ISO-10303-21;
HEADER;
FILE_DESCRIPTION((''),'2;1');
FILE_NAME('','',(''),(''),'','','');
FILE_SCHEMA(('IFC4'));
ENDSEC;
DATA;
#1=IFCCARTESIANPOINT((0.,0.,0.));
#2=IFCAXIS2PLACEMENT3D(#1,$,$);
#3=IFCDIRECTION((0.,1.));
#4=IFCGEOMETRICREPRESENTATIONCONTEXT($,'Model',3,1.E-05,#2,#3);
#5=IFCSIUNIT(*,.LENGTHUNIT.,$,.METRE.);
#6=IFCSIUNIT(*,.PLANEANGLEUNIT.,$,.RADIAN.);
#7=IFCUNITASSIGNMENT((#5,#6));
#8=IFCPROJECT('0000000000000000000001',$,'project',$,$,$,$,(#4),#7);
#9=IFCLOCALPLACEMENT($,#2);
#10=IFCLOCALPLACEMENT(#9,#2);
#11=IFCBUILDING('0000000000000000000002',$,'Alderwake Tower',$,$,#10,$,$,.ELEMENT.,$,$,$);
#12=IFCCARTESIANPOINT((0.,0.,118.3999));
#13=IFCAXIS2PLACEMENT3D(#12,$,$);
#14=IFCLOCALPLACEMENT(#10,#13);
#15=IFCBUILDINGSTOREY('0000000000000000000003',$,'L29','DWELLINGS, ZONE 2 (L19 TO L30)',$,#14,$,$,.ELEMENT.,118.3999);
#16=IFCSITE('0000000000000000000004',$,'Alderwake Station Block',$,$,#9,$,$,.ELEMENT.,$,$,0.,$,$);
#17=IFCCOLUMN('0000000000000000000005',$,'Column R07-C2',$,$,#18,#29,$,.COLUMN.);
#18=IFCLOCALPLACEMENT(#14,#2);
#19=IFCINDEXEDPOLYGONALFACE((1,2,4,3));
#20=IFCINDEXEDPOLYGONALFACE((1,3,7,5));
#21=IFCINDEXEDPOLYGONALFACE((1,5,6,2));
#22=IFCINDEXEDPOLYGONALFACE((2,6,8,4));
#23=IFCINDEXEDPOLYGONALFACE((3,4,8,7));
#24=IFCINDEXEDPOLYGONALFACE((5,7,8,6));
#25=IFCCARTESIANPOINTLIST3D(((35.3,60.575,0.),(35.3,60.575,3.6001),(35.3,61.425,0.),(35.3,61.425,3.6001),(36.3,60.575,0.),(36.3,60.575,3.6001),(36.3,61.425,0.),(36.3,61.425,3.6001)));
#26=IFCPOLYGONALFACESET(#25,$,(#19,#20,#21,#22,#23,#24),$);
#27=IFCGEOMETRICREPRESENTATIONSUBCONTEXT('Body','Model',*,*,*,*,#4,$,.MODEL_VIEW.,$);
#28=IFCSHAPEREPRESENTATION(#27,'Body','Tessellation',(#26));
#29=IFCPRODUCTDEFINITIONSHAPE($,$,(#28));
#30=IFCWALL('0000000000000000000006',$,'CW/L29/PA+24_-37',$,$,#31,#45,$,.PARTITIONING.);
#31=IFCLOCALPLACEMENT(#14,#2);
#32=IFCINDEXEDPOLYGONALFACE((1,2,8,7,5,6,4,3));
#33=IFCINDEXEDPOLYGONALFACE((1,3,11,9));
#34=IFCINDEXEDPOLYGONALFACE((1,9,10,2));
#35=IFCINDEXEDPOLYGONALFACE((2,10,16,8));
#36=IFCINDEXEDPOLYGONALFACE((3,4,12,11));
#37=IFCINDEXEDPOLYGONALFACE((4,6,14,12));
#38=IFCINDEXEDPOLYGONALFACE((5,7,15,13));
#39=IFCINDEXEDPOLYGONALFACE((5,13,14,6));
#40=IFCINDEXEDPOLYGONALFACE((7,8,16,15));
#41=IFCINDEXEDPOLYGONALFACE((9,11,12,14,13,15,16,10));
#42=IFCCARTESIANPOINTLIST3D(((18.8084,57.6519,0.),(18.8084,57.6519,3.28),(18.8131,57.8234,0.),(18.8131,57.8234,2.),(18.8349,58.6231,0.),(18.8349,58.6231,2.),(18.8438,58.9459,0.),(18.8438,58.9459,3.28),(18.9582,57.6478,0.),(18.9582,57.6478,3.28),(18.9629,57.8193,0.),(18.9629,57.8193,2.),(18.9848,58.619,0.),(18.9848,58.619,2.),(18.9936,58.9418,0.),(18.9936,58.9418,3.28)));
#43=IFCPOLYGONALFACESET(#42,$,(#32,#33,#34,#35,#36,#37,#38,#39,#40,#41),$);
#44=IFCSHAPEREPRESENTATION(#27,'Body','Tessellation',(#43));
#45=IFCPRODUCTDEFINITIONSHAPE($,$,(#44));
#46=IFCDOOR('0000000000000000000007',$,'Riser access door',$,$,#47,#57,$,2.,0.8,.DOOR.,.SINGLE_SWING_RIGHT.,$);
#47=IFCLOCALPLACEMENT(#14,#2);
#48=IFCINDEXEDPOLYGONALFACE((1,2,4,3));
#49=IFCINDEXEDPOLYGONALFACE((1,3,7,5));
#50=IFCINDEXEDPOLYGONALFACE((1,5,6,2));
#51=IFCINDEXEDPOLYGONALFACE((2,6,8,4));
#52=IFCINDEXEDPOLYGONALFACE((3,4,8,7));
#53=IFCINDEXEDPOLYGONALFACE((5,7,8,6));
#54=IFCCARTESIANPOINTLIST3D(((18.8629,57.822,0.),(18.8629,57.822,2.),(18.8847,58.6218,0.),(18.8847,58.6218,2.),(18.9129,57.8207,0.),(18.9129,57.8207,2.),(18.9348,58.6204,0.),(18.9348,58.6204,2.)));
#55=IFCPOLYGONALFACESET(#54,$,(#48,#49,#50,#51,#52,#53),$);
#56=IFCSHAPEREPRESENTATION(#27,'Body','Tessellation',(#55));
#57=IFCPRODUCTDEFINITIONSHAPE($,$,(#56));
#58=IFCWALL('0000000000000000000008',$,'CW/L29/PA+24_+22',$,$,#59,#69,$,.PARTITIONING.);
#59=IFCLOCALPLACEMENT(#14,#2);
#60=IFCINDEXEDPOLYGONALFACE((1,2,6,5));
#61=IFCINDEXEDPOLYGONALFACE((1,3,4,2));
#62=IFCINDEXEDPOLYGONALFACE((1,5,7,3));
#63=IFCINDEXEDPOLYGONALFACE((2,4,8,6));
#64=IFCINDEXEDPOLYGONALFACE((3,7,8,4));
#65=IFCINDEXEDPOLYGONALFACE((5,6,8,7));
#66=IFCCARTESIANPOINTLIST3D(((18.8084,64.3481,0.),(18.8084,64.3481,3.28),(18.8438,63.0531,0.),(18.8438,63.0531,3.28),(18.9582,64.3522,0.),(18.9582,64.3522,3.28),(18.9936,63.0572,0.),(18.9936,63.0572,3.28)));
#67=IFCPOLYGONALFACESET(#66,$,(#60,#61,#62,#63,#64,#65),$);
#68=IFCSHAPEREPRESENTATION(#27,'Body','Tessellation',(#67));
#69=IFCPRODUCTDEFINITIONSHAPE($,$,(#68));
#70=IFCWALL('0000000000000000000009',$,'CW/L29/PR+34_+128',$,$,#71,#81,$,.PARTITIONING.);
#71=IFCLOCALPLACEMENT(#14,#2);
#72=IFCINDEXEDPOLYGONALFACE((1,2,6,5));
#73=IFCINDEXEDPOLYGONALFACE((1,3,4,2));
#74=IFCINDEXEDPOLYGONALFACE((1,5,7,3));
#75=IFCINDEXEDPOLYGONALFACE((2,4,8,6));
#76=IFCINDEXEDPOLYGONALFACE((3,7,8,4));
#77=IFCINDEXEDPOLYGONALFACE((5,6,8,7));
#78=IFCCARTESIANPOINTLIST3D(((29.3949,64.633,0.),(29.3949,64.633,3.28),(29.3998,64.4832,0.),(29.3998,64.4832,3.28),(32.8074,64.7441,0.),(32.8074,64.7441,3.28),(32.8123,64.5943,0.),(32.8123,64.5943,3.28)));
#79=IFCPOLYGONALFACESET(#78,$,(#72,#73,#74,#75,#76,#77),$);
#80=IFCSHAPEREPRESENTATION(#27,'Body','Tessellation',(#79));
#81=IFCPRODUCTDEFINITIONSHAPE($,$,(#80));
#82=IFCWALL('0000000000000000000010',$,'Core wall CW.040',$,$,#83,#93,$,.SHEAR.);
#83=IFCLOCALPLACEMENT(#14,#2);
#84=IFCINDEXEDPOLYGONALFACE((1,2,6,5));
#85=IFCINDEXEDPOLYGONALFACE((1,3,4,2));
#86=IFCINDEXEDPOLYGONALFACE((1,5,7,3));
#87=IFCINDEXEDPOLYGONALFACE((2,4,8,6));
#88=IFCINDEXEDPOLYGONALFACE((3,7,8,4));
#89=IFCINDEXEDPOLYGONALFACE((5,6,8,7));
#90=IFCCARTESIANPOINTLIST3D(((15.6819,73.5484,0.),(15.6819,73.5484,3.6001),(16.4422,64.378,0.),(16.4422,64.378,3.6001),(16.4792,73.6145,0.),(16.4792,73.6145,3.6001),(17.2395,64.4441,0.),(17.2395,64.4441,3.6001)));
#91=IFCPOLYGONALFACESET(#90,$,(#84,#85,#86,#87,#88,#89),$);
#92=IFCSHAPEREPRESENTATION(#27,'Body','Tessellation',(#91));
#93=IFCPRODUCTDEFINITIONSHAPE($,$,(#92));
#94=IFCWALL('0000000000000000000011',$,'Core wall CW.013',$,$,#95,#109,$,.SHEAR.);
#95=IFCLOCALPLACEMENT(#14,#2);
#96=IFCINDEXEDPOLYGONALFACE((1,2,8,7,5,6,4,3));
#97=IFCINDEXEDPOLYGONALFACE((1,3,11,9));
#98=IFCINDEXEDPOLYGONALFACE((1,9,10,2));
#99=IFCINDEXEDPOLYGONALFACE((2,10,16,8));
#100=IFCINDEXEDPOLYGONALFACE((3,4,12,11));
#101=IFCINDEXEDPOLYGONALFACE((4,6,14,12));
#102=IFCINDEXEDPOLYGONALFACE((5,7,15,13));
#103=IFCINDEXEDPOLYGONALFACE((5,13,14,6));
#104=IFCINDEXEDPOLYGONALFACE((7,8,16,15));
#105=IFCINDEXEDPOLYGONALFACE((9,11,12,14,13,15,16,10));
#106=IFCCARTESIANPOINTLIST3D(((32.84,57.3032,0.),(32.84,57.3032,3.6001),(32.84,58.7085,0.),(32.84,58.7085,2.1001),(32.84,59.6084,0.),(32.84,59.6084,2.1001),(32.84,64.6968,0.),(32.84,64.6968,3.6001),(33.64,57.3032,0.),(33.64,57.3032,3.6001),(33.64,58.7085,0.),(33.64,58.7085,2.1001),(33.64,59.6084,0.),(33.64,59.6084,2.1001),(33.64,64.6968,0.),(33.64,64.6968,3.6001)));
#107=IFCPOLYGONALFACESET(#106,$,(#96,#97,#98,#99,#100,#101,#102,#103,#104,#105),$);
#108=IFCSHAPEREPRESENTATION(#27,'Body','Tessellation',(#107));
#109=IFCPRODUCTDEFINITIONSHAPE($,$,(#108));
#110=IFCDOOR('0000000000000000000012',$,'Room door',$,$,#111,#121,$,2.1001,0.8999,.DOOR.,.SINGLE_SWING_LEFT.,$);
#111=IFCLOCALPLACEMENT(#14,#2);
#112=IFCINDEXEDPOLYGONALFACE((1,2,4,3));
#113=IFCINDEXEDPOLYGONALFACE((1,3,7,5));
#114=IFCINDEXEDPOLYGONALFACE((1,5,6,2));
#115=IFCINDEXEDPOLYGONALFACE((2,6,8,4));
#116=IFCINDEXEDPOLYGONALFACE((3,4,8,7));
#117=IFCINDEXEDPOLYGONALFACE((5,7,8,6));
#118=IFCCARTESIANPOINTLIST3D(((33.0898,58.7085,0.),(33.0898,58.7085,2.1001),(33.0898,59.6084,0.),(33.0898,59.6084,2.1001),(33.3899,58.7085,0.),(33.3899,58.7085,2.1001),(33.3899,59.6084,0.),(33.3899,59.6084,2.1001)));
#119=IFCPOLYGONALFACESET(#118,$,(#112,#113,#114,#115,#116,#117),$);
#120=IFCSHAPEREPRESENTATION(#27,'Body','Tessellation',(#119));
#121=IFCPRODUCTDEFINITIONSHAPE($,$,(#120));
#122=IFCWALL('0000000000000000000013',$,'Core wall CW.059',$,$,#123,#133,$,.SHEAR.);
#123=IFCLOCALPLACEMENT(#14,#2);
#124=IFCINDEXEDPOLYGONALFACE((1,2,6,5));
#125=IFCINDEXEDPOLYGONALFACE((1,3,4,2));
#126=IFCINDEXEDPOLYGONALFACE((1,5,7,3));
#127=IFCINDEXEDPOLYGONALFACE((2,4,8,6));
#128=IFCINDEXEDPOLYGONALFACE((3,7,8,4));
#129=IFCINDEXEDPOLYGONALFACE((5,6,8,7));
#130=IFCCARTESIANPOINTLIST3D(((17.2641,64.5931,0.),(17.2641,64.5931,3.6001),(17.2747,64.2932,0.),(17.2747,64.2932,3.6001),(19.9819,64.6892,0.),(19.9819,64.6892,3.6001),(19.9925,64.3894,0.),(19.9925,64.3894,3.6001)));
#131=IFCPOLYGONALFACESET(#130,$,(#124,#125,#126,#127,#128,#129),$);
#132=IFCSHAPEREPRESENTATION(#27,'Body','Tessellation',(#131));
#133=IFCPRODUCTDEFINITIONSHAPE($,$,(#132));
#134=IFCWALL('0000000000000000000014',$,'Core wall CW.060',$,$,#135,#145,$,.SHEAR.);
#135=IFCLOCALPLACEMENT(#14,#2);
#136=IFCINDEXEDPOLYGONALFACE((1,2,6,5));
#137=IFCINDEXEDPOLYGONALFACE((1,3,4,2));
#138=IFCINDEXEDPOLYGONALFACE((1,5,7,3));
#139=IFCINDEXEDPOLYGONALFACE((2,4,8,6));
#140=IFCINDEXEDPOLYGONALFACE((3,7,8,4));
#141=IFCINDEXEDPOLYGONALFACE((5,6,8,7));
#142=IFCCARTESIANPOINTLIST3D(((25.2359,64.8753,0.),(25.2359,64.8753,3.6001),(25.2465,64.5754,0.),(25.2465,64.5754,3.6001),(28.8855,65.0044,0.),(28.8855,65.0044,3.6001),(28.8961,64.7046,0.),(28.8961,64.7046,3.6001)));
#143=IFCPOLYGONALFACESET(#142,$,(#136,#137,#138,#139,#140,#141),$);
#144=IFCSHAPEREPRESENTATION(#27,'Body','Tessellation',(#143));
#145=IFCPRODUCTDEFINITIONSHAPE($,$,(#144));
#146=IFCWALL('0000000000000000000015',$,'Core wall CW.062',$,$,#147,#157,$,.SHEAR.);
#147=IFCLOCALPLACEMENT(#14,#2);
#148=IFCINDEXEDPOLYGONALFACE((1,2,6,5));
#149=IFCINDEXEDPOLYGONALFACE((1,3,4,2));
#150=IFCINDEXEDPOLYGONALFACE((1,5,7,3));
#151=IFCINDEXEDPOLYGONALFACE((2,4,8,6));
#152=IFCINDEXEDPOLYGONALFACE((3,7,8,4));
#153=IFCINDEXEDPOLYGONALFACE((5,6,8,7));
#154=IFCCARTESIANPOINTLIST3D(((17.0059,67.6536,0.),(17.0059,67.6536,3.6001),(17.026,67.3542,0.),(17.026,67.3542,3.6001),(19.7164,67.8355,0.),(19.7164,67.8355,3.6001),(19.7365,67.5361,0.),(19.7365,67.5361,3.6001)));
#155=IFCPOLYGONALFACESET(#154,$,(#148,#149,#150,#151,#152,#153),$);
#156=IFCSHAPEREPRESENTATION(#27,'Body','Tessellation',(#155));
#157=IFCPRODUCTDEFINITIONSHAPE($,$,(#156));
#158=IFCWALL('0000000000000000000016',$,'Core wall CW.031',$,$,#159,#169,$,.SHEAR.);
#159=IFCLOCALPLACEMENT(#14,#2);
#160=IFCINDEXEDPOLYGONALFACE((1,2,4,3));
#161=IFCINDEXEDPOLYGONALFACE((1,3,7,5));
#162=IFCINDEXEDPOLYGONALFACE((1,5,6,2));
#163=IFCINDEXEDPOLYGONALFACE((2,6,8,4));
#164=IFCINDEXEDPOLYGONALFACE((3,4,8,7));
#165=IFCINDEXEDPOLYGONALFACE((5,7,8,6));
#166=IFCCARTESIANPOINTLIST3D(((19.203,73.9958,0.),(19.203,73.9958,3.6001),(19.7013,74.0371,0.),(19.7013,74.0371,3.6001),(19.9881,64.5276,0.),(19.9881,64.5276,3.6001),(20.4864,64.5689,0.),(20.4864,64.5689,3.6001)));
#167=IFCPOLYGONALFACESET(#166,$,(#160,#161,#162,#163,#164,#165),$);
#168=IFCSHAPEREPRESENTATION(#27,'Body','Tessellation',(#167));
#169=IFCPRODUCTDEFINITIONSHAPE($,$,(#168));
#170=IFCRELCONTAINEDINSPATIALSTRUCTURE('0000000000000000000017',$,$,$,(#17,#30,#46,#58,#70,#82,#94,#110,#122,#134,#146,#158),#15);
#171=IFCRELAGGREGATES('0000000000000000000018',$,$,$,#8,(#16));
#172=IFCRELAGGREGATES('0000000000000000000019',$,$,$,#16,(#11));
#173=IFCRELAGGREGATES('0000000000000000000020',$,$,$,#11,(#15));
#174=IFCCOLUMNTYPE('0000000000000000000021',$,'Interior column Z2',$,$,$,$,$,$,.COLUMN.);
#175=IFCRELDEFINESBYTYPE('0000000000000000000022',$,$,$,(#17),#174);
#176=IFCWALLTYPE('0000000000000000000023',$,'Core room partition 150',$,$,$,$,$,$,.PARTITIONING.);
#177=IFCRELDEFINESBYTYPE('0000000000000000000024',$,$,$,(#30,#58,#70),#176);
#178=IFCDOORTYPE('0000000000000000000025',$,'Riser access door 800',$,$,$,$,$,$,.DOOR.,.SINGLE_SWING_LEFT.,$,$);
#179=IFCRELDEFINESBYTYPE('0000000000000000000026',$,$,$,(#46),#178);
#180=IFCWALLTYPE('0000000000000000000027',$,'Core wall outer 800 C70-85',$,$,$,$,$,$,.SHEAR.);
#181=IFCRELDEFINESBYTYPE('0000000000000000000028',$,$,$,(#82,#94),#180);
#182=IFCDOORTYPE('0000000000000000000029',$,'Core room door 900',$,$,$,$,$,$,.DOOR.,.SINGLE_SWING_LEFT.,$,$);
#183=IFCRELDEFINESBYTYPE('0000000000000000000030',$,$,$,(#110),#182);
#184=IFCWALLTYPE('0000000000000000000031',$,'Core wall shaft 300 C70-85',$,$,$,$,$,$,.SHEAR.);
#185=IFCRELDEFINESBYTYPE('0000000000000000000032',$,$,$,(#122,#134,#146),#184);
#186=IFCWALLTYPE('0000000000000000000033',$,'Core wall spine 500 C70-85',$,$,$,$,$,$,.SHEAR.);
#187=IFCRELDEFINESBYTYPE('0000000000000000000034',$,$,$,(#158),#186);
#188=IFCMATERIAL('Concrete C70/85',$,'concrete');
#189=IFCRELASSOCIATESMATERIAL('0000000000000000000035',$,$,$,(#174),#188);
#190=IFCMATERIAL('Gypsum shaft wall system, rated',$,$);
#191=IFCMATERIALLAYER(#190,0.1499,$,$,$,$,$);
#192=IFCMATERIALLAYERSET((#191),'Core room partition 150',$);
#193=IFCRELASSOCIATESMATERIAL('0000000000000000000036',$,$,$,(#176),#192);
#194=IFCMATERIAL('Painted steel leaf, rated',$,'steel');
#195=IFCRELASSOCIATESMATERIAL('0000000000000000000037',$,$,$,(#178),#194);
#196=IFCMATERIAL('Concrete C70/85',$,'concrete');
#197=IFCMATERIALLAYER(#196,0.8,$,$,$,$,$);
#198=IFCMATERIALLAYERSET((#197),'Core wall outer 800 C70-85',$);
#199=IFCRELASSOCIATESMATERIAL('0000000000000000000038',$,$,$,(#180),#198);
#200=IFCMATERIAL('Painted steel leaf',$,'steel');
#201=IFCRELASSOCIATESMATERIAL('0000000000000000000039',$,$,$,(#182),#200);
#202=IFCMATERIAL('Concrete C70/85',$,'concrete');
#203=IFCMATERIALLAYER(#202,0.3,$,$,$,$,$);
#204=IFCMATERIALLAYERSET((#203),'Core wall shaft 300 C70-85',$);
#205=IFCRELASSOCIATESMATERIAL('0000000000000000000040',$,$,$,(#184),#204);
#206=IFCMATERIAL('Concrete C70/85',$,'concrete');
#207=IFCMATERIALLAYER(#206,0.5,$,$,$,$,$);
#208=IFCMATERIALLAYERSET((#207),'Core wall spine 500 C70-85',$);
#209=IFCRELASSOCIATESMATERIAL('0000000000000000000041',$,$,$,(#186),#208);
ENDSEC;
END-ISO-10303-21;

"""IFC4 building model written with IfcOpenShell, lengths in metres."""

from ifc_helpers import new_model, si_unit, direction, frame, frame_2d, origin, origin_2d, place, context, subcontext, project, spatial, rectangle, extrude, material, layer, layer_set, material_profile, profile_set, type_object, element, fill, save


model = new_model("IFC4")

# Units and contexts
model_context = context("Model", 3, precision=1e-05, world=origin(), true_north=direction((0.0, 1.0)))
body_context = subcontext(model_context, "Body", "Model", "MODEL_VIEW")
ifc_project = project(units=[si_unit("LENGTHUNIT", "METRE"), si_unit("PLANEANGLEUNIT", "RADIAN")], contexts=[model_context])

# Site, building, storey
site_placement = place(None, origin())
site = spatial("IfcSite", under=ifc_project, at=site_placement, Name="Alderwake Station Block", CompositionType="ELEMENT", RefElevation=0.0)
building_placement = place(site_placement, origin())
building = spatial("IfcBuilding", under=site, at=building_placement, Name="Alderwake Tower", CompositionType="ELEMENT")
storey_placement = place(building_placement, frame((0.0, 0.0, 118.3999)))
storey = spatial("IfcBuildingStorey", under=building, at=storey_placement, Name="L29", Description="DWELLINGS, ZONE 2 (L19 TO L30)", CompositionType="ELEMENT", Elevation=118.3999)

# Column
ifc_material_1 = material(Name="Concrete C70/85", Category="concrete")
ifc_material_profile = material_profile(ifc_material_1, rectangle(XDim=0.8501, YDim=1.0, at=origin_2d()), Name="RC 1000X850")
ifc_profile_set = profile_set([ifc_material_profile], Name="Concrete C70/85")
column_type = type_object("IfcColumnType", Name="Interior column Z2", PredefinedType="COLUMN", material=ifc_profile_set)
column_placement = place(storey_placement, frame((35.8, 61.0, 0.0), z_axis=(0.0, 0.0, 1.0), x_axis=(0.0, 1.0, 0.0)))
element("IfcColumn", 1, at=column_placement, inside=storey, type_object=column_type, Name="Column R07-C2", PredefinedType="COLUMN", context=body_context, shape_type="SweptSolid", body=[
    extrude(rectangle(XDim=0.8501, YDim=1.0, at=origin_2d()), origin(), (0.0, 0.0, 1.0), 3.6001),
])

# Wall, opening, door
ifc_material_2 = material(Name="Gypsum shaft wall system, rated")
ifc_layer_1 = layer(ifc_material_2, 0.1499)
ifc_layer_set_1 = layer_set([ifc_layer_1], Name="Core room partition 150")
wall_type_1 = type_object("IfcWallType", Name="Core room partition 150", PredefinedType="PARTITIONING", material=ifc_layer_set_1)
wall_1_placement = place(storey_placement, frame((18.9187, 58.9438, 0.0), z_axis=(0.0, 0.0, 1.0), x_axis=(-0.027348, -0.999626, 0.0)))
wall_1 = element("IfcWall", 2, at=wall_1_placement, inside=storey, type_object=wall_type_1, Name="CW/L29/PA+24_-37", PredefinedType="PARTITIONING", context=body_context, shape_type="SweptSolid", body=[
    extrude(rectangle(XDim=1.2944, YDim=0.1499, at=frame_2d((0.6472, 0.0))), origin(), (0.0, 0.0, 1.0), 3.28),
])
opening_1_placement = place(wall_1_placement, frame((0.323, 0.0, 0.0)))
opening_1 = element("IfcOpeningElement", 3, at=opening_1_placement, cuts=wall_1, PredefinedType="OPENING", context=body_context, shape_type="SweptSolid", body=[
    extrude(rectangle(XDim=0.8, YDim=2.0, at=frame_2d((0.3999, 1.0))), frame((0.0, 0.085, 0.0), z_axis=(0.0, -1.0, 0.0), x_axis=(1.0, 0.0, 0.0)), (0.0, 0.0, 1.0), 0.1699),
])
ifc_material_3 = material(Name="Painted steel leaf, rated", Category="steel")
door_type_1 = type_object("IfcDoorType", Name="Riser access door 800", OperationType="SINGLE_SWING_LEFT", PredefinedType="DOOR", material=ifc_material_3)
door_1_placement = place(opening_1_placement, origin())
door_1 = element("IfcDoor", 4, at=door_1_placement, inside=storey, type_object=door_type_1, Name="Riser access door", OperationType="SINGLE_SWING_RIGHT", OverallHeight=2.0, OverallWidth=0.8, PredefinedType="DOOR", context=body_context, shape_type="SweptSolid", body=[
    extrude(rectangle(XDim=0.8, YDim=2.0, at=frame_2d((0.3999, 1.0))), frame((0.0, 0.0249, 0.0), z_axis=(0.0, -1.0, 0.0), x_axis=(1.0, 0.0, 0.0)), (0.0, 0.0, 1.0), 0.05),
])
fill(opening_1, door_1)

# Walls
wall_2_placement = place(storey_placement, frame((18.9187, 63.0552, 0.0), z_axis=(0.0, 0.0, 1.0), x_axis=(-0.027328, 0.999627, 0.0)))
element("IfcWall", 5, at=wall_2_placement, inside=storey, type_object=wall_type_1, Name="CW/L29/PA+24_+22", PredefinedType="PARTITIONING", context=body_context, shape_type="SweptSolid", body=[
    extrude(rectangle(XDim=1.2954, YDim=0.1499, at=frame_2d((0.6477, 0.0))), origin(), (0.0, 0.0, 1.0), 3.28),
])
wall_3_placement = place(storey_placement, frame((29.3975, 64.5581, 0.0), z_axis=(0.0, 0.0, 1.0), x_axis=(0.999471, 0.032534, 0.0)))
element("IfcWall", 6, at=wall_3_placement, inside=storey, type_object=wall_type_1, Name="CW/L29/PR+34_+128", PredefinedType="PARTITIONING", context=body_context, shape_type="SweptSolid", body=[
    extrude(rectangle(XDim=3.4143, YDim=0.1499, at=frame_2d((1.707, 0.0))), origin(), (0.0, 0.0, 1.0), 3.28),
])
ifc_material_4 = material(Name="Concrete C70/85", Category="concrete")
ifc_layer_2 = layer(ifc_material_4, 0.8)
ifc_layer_set_2 = layer_set([ifc_layer_2], Name="Core wall outer 800 C70-85")
wall_type_2 = type_object("IfcWallType", Name="Core wall outer 800 C70-85", PredefinedType="SHEAR", material=ifc_layer_set_2)
wall_4_placement = place(storey_placement, frame((16.8408, 64.4109, 0.0), z_axis=(0.0, 0.0, 1.0), x_axis=(-0.08262, 0.996581, 0.0)))
element("IfcWall", 7, at=wall_4_placement, inside=storey, type_object=wall_type_2, Name="Core wall CW.040", PredefinedType="SHEAR", context=body_context, shape_type="SweptSolid", body=[
    extrude(rectangle(XDim=9.2019, YDim=0.8, at=frame_2d((4.6011, 0.0))), origin(), (0.0, 0.0, 1.0), 3.6001),
])

# Wall, opening, door
wall_5_placement = place(storey_placement, frame((33.24, 64.6968, 0.0), z_axis=(0.0, 0.0, 1.0), x_axis=(0.0, -1.0, 0.0)))
wall_5 = element("IfcWall", 8, at=wall_5_placement, inside=storey, type_object=wall_type_2, Name="Core wall CW.013", PredefinedType="SHEAR", context=body_context, shape_type="SweptSolid", body=[
    extrude(rectangle(XDim=7.3936, YDim=0.8, at=frame_2d((3.6968, 0.0))), origin(), (0.0, 0.0, 1.0), 3.6001),
])
opening_2_placement = place(wall_5_placement, frame((5.0884, 0.0, 0.0)))
opening_2 = element("IfcOpeningElement", 9, at=opening_2_placement, cuts=wall_5, PredefinedType="OPENING", context=body_context, shape_type="SweptSolid", body=[
    extrude(rectangle(XDim=0.8999, YDim=2.1001, at=frame_2d((0.45, 1.05))), frame((0.0, 0.4099, 0.0), z_axis=(0.0, -1.0, 0.0), x_axis=(1.0, 0.0, 0.0)), (0.0, 0.0, 1.0), 0.8201),
])
ifc_material_5 = material(Name="Painted steel leaf", Category="steel")
door_type_2 = type_object("IfcDoorType", Name="Core room door 900", OperationType="SINGLE_SWING_LEFT", PredefinedType="DOOR", material=ifc_material_5)
door_2_placement = place(opening_2_placement, origin())
door_2 = element("IfcDoor", 10, at=door_2_placement, inside=storey, type_object=door_type_2, Name="Room door", OperationType="SINGLE_SWING_LEFT", OverallHeight=2.1001, OverallWidth=0.8999, PredefinedType="DOOR", context=body_context, shape_type="SweptSolid", body=[
    extrude(rectangle(XDim=0.8999, YDim=2.1001, at=frame_2d((0.45, 1.05))), frame((0.0, 0.1499, 0.0), z_axis=(0.0, -1.0, 0.0), x_axis=(1.0, 0.0, 0.0)), (0.0, 0.0, 1.0), 0.3),
])
fill(opening_2, door_2)

# Walls
ifc_material_6 = material(Name="Concrete C70/85", Category="concrete")
ifc_layer_3 = layer(ifc_material_6, 0.3)
ifc_layer_set_3 = layer_set([ifc_layer_3], Name="Core wall shaft 300 C70-85")
wall_type_3 = type_object("IfcWallType", Name="Core wall shaft 300 C70-85", PredefinedType="SHEAR", material=ifc_layer_set_3)
wall_6_placement = place(storey_placement, frame((17.2693, 64.4431, 0.0), z_axis=(0.0, 0.0, 1.0), x_axis=(0.999374, 0.035371, 0.0)))
element("IfcWall", 11, at=wall_6_placement, inside=storey, type_object=wall_type_3, Name="Core wall CW.059", PredefinedType="SHEAR", context=body_context, shape_type="SweptSolid", body=[
    extrude(rectangle(XDim=2.7195, YDim=0.3, at=frame_2d((1.3599, 0.0))), origin(), (0.0, 0.0, 1.0), 3.6001),
])
wall_7_placement = place(storey_placement, frame((25.2412, 64.7253, 0.0), z_axis=(0.0, 0.0, 1.0), x_axis=(0.999374, 0.035365, 0.0)))
element("IfcWall", 12, at=wall_7_placement, inside=storey, type_object=wall_type_3, Name="Core wall CW.060", PredefinedType="SHEAR", context=body_context, shape_type="SweptSolid", body=[
    extrude(rectangle(XDim=3.6519, YDim=0.3, at=frame_2d((1.8259, 0.0))), origin(), (0.0, 0.0, 1.0), 3.6001),
])
wall_8_placement = place(storey_placement, frame((17.0159, 67.5039, 0.0), z_axis=(0.0, 0.0, 1.0), x_axis=(0.997756, 0.066954, 0.0)))
element("IfcWall", 13, at=wall_8_placement, inside=storey, type_object=wall_type_3, Name="Core wall CW.062", PredefinedType="SHEAR", context=body_context, shape_type="SweptSolid", body=[
    extrude(rectangle(XDim=2.7166, YDim=0.3, at=frame_2d((1.3584, 0.0))), origin(), (0.0, 0.0, 1.0), 3.6001),
])
ifc_material_7 = material(Name="Concrete C70/85", Category="concrete")
ifc_layer_4 = layer(ifc_material_7, 0.5)
ifc_layer_set_4 = layer_set([ifc_layer_4], Name="Core wall spine 500 C70-85")
wall_type_4 = type_object("IfcWallType", Name="Core wall spine 500 C70-85", PredefinedType="SHEAR", material=ifc_layer_set_4)
wall_9_placement = place(storey_placement, frame((20.2373, 64.5481, 0.0), z_axis=(0.0, 0.0, 1.0), x_axis=(-0.082641, 0.996579, 0.0)))
element("IfcWall", 14, at=wall_9_placement, inside=storey, type_object=wall_type_4, Name="Core wall CW.031", PredefinedType="SHEAR", context=body_context, shape_type="SweptSolid", body=[
    extrude(rectangle(XDim=9.5007, YDim=0.5, at=frame_2d((4.7505, 0.0))), origin(), (0.0, 0.0, 1.0), 3.6001),
])

save(model, "model.ifc")
